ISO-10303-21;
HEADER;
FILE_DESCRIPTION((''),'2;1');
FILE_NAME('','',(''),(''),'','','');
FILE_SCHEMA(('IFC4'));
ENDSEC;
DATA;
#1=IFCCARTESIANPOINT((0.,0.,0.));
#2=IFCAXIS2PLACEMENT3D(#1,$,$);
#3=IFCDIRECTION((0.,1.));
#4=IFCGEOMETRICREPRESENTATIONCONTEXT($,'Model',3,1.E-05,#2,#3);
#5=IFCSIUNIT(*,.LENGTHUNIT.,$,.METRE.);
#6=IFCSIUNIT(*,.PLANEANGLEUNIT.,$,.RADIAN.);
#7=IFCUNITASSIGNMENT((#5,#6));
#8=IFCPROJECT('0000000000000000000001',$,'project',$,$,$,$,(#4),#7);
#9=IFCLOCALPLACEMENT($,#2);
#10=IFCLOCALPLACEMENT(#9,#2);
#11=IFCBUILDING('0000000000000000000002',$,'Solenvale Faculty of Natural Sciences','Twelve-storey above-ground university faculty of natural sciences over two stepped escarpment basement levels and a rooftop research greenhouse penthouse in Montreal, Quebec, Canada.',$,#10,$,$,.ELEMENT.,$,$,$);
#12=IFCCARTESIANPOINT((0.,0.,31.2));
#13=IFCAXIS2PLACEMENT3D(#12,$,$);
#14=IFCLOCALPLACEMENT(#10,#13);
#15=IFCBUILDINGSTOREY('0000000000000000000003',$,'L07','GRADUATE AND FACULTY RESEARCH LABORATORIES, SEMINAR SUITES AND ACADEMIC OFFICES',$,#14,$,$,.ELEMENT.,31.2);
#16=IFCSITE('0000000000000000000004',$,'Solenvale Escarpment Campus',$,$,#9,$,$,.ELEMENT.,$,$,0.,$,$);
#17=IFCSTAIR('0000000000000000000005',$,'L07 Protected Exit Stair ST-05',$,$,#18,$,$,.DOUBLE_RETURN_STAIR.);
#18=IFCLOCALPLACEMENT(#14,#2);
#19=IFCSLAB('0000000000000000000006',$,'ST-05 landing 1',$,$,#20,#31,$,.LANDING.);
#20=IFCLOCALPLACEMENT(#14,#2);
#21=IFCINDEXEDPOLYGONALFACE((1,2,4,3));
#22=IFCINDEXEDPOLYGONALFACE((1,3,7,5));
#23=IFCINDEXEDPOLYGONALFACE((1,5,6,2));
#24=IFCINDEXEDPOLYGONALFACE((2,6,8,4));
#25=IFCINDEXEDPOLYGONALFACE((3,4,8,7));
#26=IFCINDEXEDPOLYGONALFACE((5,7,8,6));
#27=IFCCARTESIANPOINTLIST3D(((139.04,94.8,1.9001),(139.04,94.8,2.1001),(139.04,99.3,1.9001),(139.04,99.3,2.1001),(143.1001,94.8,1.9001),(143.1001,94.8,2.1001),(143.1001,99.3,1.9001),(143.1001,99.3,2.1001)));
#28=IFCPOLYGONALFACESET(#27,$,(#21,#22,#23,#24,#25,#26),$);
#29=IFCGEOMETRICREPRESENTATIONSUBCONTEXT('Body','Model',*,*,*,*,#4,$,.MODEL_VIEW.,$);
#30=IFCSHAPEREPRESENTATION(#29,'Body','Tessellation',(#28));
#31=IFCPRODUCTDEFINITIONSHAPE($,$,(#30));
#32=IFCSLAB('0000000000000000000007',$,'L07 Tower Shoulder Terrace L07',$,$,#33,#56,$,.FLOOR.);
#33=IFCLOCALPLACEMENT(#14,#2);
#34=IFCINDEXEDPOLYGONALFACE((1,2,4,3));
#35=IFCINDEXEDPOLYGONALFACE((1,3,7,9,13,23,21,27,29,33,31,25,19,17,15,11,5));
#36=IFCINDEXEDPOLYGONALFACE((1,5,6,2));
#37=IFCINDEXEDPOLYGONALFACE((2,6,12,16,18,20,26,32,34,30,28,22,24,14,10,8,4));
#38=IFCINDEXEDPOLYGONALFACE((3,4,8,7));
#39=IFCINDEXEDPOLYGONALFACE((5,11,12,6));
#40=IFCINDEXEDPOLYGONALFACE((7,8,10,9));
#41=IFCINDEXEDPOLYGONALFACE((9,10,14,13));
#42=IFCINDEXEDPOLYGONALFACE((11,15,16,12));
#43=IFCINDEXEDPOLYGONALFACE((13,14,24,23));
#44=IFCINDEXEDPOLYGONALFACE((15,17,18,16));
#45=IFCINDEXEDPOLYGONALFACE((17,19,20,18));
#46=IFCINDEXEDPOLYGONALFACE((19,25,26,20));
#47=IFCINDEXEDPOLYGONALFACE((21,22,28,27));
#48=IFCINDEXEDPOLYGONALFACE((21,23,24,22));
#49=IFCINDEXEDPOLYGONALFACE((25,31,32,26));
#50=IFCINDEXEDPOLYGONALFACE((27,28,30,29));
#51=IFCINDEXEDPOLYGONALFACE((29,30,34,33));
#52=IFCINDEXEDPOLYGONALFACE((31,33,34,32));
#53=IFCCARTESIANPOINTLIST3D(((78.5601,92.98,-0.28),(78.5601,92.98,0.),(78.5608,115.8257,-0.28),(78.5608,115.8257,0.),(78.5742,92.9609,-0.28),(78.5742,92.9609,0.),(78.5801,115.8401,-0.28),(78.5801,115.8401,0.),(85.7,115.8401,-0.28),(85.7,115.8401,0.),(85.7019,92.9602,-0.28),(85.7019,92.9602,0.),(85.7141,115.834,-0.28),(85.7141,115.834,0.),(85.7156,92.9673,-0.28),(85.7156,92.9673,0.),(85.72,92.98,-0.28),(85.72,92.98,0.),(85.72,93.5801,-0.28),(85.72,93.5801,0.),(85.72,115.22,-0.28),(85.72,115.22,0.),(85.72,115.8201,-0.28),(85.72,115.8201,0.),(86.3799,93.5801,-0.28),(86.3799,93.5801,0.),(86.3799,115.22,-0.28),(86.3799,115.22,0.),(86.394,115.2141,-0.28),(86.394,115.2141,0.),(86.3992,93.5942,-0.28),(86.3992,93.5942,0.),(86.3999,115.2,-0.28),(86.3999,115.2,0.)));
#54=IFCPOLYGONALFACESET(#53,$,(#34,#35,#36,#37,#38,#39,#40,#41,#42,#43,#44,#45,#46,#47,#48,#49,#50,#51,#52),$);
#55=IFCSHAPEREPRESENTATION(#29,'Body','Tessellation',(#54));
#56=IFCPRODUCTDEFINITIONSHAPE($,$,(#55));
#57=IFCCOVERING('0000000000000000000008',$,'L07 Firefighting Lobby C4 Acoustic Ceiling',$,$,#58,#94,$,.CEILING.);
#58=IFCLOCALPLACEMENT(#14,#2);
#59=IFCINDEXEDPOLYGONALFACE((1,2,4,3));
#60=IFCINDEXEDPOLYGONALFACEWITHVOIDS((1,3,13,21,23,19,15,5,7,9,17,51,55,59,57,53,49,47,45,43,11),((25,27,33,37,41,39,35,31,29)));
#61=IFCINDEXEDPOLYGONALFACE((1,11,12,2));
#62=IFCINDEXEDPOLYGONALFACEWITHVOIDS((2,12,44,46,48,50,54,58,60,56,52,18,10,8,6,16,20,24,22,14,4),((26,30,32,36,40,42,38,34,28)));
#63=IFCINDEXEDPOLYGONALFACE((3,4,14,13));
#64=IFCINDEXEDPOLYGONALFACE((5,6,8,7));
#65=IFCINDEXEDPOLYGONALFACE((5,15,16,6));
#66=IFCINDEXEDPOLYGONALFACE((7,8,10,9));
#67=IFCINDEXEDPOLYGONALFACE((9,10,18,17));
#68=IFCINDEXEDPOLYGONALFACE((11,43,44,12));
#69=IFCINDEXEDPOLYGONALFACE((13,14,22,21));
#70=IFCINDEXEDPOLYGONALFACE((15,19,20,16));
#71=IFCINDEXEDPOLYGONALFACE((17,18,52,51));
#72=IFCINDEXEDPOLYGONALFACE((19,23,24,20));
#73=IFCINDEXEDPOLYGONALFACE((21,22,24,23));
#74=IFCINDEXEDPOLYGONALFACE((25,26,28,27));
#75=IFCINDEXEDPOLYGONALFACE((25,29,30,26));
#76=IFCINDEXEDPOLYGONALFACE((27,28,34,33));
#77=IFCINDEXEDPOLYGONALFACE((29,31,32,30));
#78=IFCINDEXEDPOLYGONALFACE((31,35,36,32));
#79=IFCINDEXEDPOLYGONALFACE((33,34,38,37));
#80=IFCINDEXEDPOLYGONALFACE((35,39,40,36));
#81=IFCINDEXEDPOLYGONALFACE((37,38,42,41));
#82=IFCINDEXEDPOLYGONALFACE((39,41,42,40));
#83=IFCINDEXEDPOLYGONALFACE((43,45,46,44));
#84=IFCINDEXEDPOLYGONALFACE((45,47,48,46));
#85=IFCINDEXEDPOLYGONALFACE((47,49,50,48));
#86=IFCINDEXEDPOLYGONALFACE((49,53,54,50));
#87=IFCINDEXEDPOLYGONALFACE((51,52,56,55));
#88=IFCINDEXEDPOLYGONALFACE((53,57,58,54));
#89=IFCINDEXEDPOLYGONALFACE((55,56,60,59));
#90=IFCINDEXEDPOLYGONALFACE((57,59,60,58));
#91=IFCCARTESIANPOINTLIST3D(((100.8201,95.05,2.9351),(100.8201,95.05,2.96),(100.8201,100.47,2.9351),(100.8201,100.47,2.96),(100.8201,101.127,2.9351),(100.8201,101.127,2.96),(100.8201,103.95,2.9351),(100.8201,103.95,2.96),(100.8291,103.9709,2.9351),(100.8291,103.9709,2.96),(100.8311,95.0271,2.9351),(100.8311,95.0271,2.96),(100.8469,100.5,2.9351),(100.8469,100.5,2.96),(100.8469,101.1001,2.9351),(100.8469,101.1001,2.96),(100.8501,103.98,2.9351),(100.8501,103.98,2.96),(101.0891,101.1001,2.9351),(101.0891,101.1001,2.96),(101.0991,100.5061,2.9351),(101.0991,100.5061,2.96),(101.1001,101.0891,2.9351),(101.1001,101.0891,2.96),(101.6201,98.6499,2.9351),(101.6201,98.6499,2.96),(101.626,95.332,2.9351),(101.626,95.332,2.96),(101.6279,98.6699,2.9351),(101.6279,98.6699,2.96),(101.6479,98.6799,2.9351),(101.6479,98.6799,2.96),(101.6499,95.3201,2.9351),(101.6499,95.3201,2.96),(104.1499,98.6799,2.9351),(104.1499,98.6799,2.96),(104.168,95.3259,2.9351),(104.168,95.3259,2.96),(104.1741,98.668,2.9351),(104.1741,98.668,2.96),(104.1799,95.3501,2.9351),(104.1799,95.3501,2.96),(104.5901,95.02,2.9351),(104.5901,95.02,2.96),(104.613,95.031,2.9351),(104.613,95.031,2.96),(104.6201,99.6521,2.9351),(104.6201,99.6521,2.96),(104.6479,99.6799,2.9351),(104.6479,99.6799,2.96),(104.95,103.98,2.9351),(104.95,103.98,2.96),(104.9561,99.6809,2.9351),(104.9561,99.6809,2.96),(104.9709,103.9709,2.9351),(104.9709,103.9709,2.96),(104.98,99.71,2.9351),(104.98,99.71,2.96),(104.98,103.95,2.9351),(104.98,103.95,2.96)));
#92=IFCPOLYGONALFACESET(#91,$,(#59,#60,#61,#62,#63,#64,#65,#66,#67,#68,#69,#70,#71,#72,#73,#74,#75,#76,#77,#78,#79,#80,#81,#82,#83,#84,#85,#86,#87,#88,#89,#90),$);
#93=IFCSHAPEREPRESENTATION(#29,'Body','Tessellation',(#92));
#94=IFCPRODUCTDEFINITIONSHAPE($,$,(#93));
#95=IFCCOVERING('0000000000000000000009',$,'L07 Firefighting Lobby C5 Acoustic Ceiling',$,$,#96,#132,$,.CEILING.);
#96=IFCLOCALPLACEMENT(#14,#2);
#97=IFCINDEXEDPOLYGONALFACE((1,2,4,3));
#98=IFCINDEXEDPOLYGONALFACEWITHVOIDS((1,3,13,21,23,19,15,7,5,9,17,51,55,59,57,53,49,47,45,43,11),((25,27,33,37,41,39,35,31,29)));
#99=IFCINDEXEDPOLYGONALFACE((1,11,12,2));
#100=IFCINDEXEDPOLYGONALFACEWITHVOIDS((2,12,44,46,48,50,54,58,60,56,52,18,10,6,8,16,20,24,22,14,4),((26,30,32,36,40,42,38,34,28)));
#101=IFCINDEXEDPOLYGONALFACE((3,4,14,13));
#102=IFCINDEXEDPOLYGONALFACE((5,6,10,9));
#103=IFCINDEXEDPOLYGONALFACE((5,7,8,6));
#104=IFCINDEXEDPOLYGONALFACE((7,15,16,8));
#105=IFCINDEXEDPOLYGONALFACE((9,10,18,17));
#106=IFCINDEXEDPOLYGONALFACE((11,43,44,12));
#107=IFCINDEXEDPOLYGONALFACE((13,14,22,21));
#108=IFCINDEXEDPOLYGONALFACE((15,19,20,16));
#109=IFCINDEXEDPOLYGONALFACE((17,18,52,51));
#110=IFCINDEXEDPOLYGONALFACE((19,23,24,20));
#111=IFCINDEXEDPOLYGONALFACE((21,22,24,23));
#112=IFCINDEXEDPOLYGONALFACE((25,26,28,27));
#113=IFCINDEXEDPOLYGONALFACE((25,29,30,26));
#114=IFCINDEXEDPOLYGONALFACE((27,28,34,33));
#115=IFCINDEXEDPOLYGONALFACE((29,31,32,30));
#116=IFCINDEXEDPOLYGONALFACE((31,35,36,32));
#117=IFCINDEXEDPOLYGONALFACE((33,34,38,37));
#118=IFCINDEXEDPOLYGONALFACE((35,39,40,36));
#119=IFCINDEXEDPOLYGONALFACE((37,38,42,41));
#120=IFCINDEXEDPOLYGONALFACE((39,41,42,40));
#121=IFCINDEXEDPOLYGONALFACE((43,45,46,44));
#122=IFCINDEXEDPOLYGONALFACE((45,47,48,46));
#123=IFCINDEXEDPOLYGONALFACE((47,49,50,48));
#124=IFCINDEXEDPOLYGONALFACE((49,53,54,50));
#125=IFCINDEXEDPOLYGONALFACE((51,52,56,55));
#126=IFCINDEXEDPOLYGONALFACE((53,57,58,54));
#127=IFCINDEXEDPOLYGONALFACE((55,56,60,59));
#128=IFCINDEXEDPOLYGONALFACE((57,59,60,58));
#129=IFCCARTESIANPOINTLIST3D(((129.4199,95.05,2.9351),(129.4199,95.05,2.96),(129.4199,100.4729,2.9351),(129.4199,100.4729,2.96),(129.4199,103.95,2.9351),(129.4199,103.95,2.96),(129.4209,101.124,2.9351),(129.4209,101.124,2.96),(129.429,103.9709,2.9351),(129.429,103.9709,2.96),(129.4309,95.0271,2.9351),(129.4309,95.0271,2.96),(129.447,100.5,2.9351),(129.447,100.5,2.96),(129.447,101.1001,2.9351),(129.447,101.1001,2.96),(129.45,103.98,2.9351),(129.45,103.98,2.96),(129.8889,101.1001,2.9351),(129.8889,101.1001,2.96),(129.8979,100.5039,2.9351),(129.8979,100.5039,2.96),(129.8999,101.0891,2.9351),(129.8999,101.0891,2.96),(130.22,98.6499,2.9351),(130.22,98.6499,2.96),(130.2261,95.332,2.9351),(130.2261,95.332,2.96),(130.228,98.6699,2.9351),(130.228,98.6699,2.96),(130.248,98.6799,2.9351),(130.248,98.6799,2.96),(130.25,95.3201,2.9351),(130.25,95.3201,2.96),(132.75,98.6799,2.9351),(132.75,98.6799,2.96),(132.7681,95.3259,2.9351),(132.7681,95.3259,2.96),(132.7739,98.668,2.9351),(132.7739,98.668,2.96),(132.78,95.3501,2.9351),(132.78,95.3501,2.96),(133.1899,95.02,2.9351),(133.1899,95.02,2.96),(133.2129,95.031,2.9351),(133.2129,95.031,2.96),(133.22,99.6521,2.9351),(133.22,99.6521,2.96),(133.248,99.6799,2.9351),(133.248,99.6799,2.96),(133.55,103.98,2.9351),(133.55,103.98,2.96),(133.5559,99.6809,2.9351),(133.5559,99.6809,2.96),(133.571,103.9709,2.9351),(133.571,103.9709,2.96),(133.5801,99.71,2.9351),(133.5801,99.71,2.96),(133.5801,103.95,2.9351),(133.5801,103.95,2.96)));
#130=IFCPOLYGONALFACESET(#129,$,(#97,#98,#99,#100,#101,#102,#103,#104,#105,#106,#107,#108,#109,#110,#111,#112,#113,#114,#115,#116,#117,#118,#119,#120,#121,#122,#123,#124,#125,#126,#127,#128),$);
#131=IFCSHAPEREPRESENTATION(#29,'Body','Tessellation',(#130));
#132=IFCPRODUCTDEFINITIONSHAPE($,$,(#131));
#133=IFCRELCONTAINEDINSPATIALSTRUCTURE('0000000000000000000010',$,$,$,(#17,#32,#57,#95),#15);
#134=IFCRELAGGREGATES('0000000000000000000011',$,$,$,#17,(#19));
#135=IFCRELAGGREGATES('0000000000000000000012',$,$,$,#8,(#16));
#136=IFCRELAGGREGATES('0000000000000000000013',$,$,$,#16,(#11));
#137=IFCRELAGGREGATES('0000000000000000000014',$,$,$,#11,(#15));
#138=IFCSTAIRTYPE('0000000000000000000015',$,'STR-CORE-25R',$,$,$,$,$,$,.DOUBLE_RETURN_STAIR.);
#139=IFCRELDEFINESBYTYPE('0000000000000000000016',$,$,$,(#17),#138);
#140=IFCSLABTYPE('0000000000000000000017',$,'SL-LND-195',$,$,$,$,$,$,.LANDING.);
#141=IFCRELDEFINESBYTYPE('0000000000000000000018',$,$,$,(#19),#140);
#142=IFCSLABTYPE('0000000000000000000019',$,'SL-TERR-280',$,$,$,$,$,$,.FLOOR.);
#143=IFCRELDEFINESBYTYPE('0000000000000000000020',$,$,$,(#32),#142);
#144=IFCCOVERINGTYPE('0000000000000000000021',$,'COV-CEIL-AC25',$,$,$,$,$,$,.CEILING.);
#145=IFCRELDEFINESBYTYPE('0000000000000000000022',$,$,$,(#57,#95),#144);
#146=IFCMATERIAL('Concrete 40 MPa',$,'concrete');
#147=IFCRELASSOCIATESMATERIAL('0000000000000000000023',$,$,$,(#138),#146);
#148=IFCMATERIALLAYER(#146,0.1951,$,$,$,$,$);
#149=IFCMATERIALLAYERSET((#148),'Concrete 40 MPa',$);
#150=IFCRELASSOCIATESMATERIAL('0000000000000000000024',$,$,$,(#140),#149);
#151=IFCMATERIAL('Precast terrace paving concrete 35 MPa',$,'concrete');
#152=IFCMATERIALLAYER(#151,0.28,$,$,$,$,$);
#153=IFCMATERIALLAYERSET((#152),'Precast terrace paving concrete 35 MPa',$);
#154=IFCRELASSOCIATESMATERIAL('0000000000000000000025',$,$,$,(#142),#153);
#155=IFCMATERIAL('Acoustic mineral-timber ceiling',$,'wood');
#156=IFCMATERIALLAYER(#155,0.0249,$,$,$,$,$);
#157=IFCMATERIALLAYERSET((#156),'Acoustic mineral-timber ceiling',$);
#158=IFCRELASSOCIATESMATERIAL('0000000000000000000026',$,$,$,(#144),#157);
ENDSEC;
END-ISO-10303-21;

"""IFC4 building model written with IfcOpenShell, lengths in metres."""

from ifc_helpers import new_model, si_unit, direction, frame, origin, place, context, subcontext, project, spatial, polyline, outline, extrude, material, layer, layer_set, type_object, element, aggregate, save


model = new_model("IFC4")

# Units and contexts
model_context = context("Model", 3, precision=1e-05, world=origin(), true_north=direction((0.0, 1.0)))
body_context = subcontext(model_context, "Body", "Model", "MODEL_VIEW")
ifc_project = project(units=[si_unit("LENGTHUNIT", "METRE"), si_unit("PLANEANGLEUNIT", "RADIAN")], contexts=[model_context])

# Site, building, storey
site_placement = place(None, origin())
site = spatial("IfcSite", under=ifc_project, at=site_placement, Name="Solenvale Escarpment Campus", CompositionType="ELEMENT", RefElevation=0.0)
building_placement = place(site_placement, origin())
building = spatial("IfcBuilding", under=site, at=building_placement, Name="Solenvale Faculty of Natural Sciences", Description="Twelve-storey above-ground university faculty of natural sciences over two stepped escarpment basement levels and a rooftop research greenhouse penthouse in Montreal, Quebec, Canada.", CompositionType="ELEMENT")
storey_placement = place(building_placement, frame((0.0, 0.0, 31.2)))
storey = spatial("IfcBuildingStorey", under=building, at=storey_placement, Name="L07", Description="GRADUATE AND FACULTY RESEARCH LABORATORIES, SEMINAR SUITES AND ACADEMIC OFFICES", CompositionType="ELEMENT", Elevation=31.2)

# Shared definitions
ifc_material_1 = material(Name="Concrete 40 MPa", Category="concrete")

# Stair, slab
stair_type = type_object("IfcStairType", Name="STR-CORE-25R", PredefinedType="DOUBLE_RETURN_STAIR", material=ifc_material_1)
ifc_layer_1 = layer(ifc_material_1, 0.1951)
ifc_layer_set_1 = layer_set([ifc_layer_1], Name="Concrete 40 MPa")
slab_type_1 = type_object("IfcSlabType", Name="SL-LND-195", PredefinedType="LANDING", material=ifc_layer_set_1)
stair_1_placement = place(storey_placement, origin())
stair_1 = element("IfcStair", 1, at=stair_1_placement, inside=storey, type_object=stair_type, Name="L07 Protected Exit Stair ST-05", PredefinedType="DOUBLE_RETURN_STAIR")
slab_1_placement = place(storey_placement, frame((0.0, 0.0, 1.9001)))
slab_1 = element("IfcSlab", 2, at=slab_1_placement, type_object=slab_type_1, Name="ST-05 landing 1", PredefinedType="LANDING", context=body_context, shape_type="SweptSolid", body=[
    extrude(outline(polyline([(139.04, 94.8), (143.1001, 94.8), (143.1001, 99.3), (139.04, 99.3), (139.04, 94.8)])), origin(), (0.0, 0.0, 1.0), 0.2),
])
aggregate(stair_1, [slab_1])

# Slab
ifc_material_2 = material(Name="Precast terrace paving concrete 35 MPa", Category="concrete")
ifc_layer_2 = layer(ifc_material_2, 0.28)
ifc_layer_set_2 = layer_set([ifc_layer_2], Name="Precast terrace paving concrete 35 MPa")
slab_type_2 = type_object("IfcSlabType", Name="SL-TERR-280", PredefinedType="FLOOR", material=ifc_layer_set_2)
slab_2_placement = place(storey_placement, frame((0.0, 0.0, -0.28)))
element("IfcSlab", 3, at=slab_2_placement, inside=storey, type_object=slab_type_2, Name="L07 Tower Shoulder Terrace L07", PredefinedType="FLOOR", context=body_context, shape_type="SweptSolid", body=[
    extrude(outline(polyline([(85.7, 115.8401), (85.7141, 115.834), (85.72, 115.8201), (85.72, 115.22), (86.3799, 115.22), (86.394, 115.2141), (86.3999, 115.2), (86.3992, 93.5942), (86.3799, 93.5801), (85.72, 93.5801), (85.72, 92.98), (85.7156, 92.9673), (85.7019, 92.9602), (78.5742, 92.9609), (78.5601, 92.98), (78.5608, 115.8257), (78.5801, 115.8401), (85.7, 115.8401)])), origin(), (0.0, 0.0, 1.0), 0.28),
])

# Coverings
ifc_material_3 = material(Name="Acoustic mineral-timber ceiling", Category="wood")
ifc_layer_3 = layer(ifc_material_3, 0.0249)
ifc_layer_set_3 = layer_set([ifc_layer_3], Name="Acoustic mineral-timber ceiling")
covering_type_1 = type_object("IfcCoveringType", Name="COV-CEIL-AC25", PredefinedType="CEILING", material=ifc_layer_set_3)
covering_1_placement = place(storey_placement, frame((0.0, 0.0, 2.9351)))
element("IfcCovering", 4, at=covering_1_placement, inside=storey, type_object=covering_type_1, Name="L07 Firefighting Lobby C4 Acoustic Ceiling", PredefinedType="CEILING", context=body_context, shape_type="SweptSolid", body=[
    extrude(outline(polyline([(104.98, 99.71), (104.9561, 99.6809), (104.6479, 99.6799), (104.6201, 99.6521), (104.613, 95.031), (104.5901, 95.02), (100.8311, 95.0271), (100.8201, 95.05), (100.8201, 100.47), (100.8469, 100.5), (101.0991, 100.5061), (101.1001, 101.0891), (101.0891, 101.1001), (100.8469, 101.1001), (100.8201, 101.127), (100.8201, 103.95), (100.8291, 103.9709), (100.8501, 103.98), (104.95, 103.98), (104.9709, 103.9709), (104.98, 103.95), (104.98, 99.71)]), holes=[polyline([(101.6479, 98.6799), (101.6279, 98.6699), (101.6201, 98.6499), (101.626, 95.332), (101.6499, 95.3201), (104.168, 95.3259), (104.1799, 95.3501), (104.1741, 98.668), (104.1499, 98.6799), (101.6479, 98.6799)])]), origin(), (0.0, 0.0, 1.0), 0.0249),
])
covering_2_placement = place(storey_placement, frame((0.0, 0.0, 2.9351)))
element("IfcCovering", 5, at=covering_2_placement, inside=storey, type_object=covering_type_1, Name="L07 Firefighting Lobby C5 Acoustic Ceiling", PredefinedType="CEILING", context=body_context, shape_type="SweptSolid", body=[
    extrude(outline(polyline([(133.5801, 99.71), (133.5559, 99.6809), (133.248, 99.6799), (133.22, 99.6521), (133.2129, 95.031), (133.1899, 95.02), (129.4309, 95.0271), (129.4199, 95.05), (129.4199, 100.4729), (129.447, 100.5), (129.8979, 100.5039), (129.8999, 101.0891), (129.8889, 101.1001), (129.447, 101.1001), (129.4209, 101.124), (129.4199, 103.95), (129.429, 103.9709), (129.45, 103.98), (133.55, 103.98), (133.571, 103.9709), (133.5801, 103.95), (133.5801, 99.71)]), holes=[polyline([(130.248, 98.6799), (130.228, 98.6699), (130.22, 98.6499), (130.2261, 95.332), (130.25, 95.3201), (132.7681, 95.3259), (132.78, 95.3501), (132.7739, 98.668), (132.75, 98.6799), (130.248, 98.6799)])]), origin(), (0.0, 0.0, 1.0), 0.0249),
])

save(model, "model.ifc")
